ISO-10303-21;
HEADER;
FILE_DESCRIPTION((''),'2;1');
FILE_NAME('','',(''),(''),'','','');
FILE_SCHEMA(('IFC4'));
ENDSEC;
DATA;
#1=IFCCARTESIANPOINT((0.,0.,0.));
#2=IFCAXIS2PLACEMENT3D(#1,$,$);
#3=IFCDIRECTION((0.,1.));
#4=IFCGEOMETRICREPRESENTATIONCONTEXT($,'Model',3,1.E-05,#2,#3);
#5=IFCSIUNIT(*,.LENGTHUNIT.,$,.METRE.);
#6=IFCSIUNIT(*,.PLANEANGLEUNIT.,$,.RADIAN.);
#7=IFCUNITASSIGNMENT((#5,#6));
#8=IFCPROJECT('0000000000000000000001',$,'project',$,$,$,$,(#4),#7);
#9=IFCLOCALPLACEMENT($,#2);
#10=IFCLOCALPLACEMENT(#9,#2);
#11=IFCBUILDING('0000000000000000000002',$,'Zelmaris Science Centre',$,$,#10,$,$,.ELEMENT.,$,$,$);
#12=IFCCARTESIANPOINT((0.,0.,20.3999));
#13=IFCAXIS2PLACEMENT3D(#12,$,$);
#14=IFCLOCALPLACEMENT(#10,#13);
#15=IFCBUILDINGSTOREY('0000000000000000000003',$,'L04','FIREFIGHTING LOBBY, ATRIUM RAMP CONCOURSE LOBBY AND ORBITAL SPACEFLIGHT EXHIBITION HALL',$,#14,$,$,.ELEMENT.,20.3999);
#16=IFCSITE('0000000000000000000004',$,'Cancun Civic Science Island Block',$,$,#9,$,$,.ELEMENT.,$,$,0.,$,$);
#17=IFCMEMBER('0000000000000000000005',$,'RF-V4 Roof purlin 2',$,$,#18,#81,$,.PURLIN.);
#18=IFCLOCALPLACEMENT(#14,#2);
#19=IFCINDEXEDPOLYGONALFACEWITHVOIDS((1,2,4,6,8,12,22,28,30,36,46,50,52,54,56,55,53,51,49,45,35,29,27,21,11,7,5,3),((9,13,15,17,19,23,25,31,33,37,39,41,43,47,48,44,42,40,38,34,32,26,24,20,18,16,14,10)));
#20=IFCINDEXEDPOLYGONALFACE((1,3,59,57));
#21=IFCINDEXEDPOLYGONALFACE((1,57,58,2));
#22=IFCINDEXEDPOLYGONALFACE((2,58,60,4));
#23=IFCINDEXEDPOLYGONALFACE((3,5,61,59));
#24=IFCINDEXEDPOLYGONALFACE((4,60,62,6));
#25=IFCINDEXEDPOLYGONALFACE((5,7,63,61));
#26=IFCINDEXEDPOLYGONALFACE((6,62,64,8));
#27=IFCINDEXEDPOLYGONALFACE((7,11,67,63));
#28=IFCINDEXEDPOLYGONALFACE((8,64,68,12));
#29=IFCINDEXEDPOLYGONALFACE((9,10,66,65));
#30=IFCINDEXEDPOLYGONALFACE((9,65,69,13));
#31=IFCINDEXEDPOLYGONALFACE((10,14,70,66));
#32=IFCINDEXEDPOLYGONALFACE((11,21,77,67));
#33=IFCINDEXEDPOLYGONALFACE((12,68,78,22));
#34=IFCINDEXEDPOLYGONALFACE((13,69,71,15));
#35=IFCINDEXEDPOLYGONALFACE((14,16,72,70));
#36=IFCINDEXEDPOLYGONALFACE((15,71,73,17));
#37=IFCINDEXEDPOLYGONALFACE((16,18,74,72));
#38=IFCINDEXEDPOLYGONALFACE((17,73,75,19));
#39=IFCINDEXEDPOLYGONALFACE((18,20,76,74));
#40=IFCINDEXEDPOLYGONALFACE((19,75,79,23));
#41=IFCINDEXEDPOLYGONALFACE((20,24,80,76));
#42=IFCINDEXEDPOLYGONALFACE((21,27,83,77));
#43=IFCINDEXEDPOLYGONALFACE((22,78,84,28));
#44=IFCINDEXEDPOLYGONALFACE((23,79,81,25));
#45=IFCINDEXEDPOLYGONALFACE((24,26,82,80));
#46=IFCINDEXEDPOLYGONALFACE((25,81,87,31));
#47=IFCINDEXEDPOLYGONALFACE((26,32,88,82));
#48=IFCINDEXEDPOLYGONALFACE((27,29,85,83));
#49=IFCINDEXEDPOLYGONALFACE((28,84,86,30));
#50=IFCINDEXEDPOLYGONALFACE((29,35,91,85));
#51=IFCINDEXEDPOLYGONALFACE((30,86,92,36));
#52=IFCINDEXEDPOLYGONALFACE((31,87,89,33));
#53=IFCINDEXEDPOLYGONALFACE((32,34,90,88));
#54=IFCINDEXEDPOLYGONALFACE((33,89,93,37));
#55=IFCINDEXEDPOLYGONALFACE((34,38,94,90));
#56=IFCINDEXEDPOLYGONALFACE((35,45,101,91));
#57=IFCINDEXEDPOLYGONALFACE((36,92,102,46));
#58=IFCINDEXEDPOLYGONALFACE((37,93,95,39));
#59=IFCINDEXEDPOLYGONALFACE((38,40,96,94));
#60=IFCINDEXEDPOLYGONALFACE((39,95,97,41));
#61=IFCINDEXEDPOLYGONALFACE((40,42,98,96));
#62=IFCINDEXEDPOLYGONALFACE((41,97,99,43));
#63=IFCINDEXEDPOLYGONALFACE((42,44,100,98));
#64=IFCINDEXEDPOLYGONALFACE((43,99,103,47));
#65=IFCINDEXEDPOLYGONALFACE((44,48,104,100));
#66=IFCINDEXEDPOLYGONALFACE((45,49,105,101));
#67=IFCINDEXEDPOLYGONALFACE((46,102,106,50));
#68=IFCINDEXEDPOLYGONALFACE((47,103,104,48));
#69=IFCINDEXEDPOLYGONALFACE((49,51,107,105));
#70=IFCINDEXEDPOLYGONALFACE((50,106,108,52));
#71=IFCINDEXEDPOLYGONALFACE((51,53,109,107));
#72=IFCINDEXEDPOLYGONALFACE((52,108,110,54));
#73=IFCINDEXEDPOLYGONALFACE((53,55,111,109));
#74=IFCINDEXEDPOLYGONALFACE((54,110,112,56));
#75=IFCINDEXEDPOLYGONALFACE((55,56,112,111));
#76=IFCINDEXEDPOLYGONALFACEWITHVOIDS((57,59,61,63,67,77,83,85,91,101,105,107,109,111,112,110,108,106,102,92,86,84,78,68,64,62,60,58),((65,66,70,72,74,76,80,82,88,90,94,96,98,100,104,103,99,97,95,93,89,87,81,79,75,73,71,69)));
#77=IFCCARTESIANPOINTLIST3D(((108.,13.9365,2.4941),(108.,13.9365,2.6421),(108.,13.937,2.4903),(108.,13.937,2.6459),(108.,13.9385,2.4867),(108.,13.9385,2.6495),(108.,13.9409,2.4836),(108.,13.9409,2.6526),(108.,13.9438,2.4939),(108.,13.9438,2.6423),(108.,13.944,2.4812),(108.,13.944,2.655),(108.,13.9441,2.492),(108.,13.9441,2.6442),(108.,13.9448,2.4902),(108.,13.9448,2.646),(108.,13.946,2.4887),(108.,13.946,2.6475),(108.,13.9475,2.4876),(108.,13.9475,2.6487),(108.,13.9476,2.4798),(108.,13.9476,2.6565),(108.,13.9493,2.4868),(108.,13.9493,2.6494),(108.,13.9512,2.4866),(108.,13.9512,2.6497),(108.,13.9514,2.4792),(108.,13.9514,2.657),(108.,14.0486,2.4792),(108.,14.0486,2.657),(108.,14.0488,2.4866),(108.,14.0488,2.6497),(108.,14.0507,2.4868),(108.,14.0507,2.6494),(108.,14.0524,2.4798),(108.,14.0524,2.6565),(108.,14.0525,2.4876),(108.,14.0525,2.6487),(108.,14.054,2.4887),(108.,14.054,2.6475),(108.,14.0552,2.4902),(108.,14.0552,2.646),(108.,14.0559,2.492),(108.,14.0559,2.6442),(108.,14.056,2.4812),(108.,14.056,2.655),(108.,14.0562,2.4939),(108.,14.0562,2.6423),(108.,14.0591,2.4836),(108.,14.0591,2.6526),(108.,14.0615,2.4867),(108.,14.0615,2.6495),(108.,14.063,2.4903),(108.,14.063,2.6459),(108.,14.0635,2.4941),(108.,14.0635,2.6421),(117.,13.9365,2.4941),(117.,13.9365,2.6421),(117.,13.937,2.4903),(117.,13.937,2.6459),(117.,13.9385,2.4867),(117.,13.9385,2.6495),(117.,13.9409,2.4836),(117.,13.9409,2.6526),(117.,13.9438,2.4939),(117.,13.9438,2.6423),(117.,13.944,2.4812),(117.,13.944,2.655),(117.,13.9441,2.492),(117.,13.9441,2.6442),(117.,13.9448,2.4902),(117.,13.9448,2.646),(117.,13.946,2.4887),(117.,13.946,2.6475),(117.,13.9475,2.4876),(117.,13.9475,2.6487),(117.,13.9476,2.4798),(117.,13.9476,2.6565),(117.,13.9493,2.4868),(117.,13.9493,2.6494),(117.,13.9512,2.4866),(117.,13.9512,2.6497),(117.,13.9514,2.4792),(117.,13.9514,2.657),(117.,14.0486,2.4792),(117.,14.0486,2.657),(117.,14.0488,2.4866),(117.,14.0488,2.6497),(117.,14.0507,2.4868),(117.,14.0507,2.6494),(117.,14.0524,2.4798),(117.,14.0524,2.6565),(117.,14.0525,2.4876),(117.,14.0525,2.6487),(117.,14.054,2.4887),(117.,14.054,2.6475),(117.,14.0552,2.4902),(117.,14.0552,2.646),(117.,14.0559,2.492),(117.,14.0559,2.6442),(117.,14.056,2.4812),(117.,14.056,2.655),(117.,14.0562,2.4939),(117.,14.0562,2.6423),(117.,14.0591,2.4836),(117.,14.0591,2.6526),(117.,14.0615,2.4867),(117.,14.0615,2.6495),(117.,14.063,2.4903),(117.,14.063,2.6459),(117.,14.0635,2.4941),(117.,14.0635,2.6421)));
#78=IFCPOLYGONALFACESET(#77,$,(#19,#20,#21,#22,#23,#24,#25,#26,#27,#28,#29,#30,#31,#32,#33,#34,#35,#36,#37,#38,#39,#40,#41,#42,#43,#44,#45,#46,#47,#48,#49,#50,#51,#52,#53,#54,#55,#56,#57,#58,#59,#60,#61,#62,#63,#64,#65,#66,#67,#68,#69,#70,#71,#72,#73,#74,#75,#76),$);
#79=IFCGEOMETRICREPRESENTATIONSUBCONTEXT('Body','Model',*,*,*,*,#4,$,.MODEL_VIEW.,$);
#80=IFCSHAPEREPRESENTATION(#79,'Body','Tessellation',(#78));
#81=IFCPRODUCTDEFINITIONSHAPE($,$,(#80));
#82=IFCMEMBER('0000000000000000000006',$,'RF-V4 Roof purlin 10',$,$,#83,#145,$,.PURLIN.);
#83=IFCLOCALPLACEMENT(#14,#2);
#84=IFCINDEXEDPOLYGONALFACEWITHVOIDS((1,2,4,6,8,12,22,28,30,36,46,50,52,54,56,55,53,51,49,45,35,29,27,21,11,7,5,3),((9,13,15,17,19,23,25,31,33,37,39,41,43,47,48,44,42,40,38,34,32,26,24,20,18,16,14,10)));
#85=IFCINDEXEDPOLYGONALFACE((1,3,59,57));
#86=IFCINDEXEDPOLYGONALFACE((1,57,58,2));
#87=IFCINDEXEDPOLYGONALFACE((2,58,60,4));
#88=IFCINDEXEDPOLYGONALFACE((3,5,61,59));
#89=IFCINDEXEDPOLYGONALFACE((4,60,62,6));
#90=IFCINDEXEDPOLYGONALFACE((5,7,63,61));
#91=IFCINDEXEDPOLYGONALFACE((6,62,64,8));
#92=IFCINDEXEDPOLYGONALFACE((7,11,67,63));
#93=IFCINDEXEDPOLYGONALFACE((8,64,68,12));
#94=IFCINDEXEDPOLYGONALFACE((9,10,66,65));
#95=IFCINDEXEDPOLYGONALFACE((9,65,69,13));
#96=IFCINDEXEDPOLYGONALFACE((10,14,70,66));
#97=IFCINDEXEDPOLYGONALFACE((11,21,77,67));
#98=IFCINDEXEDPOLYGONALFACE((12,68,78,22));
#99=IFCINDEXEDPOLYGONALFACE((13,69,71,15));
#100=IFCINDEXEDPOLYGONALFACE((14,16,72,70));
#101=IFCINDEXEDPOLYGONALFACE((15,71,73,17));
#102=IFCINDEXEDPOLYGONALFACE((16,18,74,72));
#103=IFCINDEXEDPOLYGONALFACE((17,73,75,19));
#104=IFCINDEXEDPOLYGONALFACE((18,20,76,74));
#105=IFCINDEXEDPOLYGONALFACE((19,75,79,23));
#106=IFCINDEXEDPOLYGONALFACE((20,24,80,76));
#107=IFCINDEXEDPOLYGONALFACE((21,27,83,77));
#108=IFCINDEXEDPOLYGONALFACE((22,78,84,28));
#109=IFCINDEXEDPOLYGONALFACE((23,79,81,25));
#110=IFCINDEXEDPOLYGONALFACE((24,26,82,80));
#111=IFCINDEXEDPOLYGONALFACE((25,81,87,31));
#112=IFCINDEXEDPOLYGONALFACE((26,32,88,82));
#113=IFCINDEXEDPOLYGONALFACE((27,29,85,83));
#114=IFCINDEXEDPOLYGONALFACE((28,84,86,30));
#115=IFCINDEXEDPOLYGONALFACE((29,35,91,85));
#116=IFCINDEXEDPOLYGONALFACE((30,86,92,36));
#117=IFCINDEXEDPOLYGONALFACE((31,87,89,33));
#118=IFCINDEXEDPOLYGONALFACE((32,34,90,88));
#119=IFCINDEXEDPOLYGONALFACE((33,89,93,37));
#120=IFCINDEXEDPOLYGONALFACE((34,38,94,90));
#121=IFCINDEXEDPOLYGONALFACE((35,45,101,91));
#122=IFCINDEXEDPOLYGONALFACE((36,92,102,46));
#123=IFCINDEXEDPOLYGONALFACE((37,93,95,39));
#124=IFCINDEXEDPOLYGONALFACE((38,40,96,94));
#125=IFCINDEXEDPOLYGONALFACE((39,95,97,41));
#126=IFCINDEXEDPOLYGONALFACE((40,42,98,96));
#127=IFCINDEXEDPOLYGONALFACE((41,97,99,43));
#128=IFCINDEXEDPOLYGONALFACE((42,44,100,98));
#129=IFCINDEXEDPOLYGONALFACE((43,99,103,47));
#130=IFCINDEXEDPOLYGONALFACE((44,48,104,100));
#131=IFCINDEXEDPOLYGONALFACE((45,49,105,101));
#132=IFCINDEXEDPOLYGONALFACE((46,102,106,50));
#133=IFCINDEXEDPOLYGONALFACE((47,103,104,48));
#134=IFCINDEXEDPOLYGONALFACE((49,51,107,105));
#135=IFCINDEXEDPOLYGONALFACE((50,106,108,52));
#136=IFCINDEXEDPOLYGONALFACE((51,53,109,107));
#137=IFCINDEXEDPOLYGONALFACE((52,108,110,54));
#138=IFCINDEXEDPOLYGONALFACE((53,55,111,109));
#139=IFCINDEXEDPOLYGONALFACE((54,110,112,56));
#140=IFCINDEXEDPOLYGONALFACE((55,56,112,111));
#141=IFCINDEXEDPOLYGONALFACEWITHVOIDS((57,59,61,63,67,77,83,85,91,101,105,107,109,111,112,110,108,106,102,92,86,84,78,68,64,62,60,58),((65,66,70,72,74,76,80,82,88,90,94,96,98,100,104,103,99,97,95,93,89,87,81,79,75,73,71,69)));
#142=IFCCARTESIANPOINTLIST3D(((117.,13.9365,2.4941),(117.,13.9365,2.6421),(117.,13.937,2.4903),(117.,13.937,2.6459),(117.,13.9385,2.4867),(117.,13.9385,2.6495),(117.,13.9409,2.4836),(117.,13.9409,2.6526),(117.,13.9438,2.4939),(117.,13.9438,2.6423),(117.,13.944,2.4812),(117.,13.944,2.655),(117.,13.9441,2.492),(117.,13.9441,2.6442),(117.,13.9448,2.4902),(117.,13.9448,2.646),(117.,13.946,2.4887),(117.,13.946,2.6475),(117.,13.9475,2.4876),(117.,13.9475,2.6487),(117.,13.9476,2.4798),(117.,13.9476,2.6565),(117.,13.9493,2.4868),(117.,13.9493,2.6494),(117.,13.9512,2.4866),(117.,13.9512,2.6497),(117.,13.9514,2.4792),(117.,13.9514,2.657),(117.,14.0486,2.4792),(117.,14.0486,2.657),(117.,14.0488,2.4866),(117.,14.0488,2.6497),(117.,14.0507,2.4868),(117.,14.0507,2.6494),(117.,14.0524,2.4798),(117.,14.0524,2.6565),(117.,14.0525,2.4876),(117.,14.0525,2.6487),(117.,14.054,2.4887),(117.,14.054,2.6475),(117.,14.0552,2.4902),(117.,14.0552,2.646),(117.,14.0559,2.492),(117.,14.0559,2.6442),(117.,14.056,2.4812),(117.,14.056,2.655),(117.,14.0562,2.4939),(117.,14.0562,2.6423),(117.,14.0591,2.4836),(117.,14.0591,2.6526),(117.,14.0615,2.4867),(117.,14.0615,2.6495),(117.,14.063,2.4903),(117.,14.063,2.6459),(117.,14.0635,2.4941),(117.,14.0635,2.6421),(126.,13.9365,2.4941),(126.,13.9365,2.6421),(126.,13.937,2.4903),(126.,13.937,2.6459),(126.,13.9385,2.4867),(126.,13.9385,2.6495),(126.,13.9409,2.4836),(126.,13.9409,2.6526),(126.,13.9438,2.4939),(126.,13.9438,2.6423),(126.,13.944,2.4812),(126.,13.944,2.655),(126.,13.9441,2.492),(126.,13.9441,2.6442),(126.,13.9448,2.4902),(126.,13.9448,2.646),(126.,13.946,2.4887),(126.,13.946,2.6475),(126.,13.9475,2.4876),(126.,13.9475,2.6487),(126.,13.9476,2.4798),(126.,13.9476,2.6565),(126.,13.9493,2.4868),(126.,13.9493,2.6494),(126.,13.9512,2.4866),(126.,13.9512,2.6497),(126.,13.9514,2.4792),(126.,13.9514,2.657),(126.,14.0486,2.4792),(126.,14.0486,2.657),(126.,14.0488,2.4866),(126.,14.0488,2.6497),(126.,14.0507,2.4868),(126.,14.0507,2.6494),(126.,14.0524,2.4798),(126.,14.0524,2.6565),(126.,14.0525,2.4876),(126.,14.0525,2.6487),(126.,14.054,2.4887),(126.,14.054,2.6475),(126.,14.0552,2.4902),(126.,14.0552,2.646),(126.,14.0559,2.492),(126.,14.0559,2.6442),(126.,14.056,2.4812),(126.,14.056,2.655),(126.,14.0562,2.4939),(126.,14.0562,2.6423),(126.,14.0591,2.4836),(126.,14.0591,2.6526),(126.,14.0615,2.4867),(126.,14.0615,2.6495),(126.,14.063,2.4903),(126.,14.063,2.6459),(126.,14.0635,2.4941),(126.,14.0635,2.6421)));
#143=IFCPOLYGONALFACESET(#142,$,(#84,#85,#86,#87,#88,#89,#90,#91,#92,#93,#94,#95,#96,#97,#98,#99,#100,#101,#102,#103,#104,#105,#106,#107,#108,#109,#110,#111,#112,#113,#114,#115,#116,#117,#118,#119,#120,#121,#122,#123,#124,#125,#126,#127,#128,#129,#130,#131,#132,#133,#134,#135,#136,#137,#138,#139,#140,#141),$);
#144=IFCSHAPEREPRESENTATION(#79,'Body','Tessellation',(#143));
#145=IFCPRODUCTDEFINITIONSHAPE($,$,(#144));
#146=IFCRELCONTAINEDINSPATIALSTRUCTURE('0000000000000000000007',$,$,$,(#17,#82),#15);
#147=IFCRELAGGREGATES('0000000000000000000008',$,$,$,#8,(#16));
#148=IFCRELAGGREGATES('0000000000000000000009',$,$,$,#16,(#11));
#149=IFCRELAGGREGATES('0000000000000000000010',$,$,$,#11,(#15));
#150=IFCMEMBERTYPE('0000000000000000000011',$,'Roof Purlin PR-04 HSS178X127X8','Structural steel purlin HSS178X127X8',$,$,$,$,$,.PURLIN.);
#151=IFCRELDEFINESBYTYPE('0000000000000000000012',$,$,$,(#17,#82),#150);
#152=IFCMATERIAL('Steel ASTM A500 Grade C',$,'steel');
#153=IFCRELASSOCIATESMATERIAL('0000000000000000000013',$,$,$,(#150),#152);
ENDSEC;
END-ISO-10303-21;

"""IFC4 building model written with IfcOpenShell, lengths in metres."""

from ifc_helpers import new_model, si_unit, direction, frame, origin, origin_2d, place, context, subcontext, project, spatial, hollow_rectangle, extrude, material, material_profile, profile_set, type_object, element, save


model = new_model("IFC4")

# Units and contexts
model_context = context("Model", 3, precision=1e-05, world=origin(), true_north=direction((0.0, 1.0)))
body_context = subcontext(model_context, "Body", "Model", "MODEL_VIEW")
ifc_project = project(units=[si_unit("LENGTHUNIT", "METRE"), si_unit("PLANEANGLEUNIT", "RADIAN")], contexts=[model_context])

# Site, building, storey
site_placement = place(None, origin())
site = spatial("IfcSite", under=ifc_project, at=site_placement, Name="Cancun Civic Science Island Block", CompositionType="ELEMENT", RefElevation=0.0)
building_placement = place(site_placement, origin())
building = spatial("IfcBuilding", under=site, at=building_placement, Name="Zelmaris Science Centre", CompositionType="ELEMENT")
storey_placement = place(building_placement, frame((0.0, 0.0, 20.3999)))
storey = spatial("IfcBuildingStorey", under=building, at=storey_placement, Name="L04", Description="FIREFIGHTING LOBBY, ATRIUM RAMP CONCOURSE LOBBY AND ORBITAL SPACEFLIGHT EXHIBITION HALL", CompositionType="ELEMENT", Elevation=20.3999)

# Shared definitions
ifc_material_1 = material(Name="Steel ASTM A500 Grade C", Category="steel")

# Members
ifc_material_profile_1 = material_profile(ifc_material_1, hollow_rectangle(XDim=0.127, YDim=0.1777, WallThickness=0.0073, InnerFilletRadius=0.0073, OuterFilletRadius=0.0149, at=origin_2d()), Name="HSS178X127X8")
ifc_profile_set_1 = profile_set([ifc_material_profile_1], Name="Steel ASTM A500 Grade C")
member_type_1 = type_object("IfcMemberType", Name="Roof Purlin PR-04 HSS178X127X8", Description="Structural steel purlin HSS178X127X8", PredefinedType="PURLIN", material=ifc_profile_set_1)
for number, where, z_axis, x_axis, name in (
    (1, (108.0, 14.0, 2.5681), (1.0, 0.0, 0.0), (0.0, 1.0, 0.0), "RF-V4 Roof purlin 2"),
    (2, (117.0, 14.0, 2.5681), (1.0, 0.0, 0.0), (0.0, 1.0, 0.0), "RF-V4 Roof purlin 10"),
):
    element("IfcMember", number, at=place(storey_placement, frame(where, z_axis=z_axis, x_axis=x_axis)), inside=storey, type_object=member_type_1, Name=name, PredefinedType="PURLIN", context=body_context, shape_type="SweptSolid", body=[
        extrude(hollow_rectangle(XDim=0.127, YDim=0.1777, WallThickness=0.0073, InnerFilletRadius=0.0073, OuterFilletRadius=0.0149, at=origin_2d()), origin(), (0.0, 0.0, 1.0), 9.0),
    ])

save(model, "model.ifc")
